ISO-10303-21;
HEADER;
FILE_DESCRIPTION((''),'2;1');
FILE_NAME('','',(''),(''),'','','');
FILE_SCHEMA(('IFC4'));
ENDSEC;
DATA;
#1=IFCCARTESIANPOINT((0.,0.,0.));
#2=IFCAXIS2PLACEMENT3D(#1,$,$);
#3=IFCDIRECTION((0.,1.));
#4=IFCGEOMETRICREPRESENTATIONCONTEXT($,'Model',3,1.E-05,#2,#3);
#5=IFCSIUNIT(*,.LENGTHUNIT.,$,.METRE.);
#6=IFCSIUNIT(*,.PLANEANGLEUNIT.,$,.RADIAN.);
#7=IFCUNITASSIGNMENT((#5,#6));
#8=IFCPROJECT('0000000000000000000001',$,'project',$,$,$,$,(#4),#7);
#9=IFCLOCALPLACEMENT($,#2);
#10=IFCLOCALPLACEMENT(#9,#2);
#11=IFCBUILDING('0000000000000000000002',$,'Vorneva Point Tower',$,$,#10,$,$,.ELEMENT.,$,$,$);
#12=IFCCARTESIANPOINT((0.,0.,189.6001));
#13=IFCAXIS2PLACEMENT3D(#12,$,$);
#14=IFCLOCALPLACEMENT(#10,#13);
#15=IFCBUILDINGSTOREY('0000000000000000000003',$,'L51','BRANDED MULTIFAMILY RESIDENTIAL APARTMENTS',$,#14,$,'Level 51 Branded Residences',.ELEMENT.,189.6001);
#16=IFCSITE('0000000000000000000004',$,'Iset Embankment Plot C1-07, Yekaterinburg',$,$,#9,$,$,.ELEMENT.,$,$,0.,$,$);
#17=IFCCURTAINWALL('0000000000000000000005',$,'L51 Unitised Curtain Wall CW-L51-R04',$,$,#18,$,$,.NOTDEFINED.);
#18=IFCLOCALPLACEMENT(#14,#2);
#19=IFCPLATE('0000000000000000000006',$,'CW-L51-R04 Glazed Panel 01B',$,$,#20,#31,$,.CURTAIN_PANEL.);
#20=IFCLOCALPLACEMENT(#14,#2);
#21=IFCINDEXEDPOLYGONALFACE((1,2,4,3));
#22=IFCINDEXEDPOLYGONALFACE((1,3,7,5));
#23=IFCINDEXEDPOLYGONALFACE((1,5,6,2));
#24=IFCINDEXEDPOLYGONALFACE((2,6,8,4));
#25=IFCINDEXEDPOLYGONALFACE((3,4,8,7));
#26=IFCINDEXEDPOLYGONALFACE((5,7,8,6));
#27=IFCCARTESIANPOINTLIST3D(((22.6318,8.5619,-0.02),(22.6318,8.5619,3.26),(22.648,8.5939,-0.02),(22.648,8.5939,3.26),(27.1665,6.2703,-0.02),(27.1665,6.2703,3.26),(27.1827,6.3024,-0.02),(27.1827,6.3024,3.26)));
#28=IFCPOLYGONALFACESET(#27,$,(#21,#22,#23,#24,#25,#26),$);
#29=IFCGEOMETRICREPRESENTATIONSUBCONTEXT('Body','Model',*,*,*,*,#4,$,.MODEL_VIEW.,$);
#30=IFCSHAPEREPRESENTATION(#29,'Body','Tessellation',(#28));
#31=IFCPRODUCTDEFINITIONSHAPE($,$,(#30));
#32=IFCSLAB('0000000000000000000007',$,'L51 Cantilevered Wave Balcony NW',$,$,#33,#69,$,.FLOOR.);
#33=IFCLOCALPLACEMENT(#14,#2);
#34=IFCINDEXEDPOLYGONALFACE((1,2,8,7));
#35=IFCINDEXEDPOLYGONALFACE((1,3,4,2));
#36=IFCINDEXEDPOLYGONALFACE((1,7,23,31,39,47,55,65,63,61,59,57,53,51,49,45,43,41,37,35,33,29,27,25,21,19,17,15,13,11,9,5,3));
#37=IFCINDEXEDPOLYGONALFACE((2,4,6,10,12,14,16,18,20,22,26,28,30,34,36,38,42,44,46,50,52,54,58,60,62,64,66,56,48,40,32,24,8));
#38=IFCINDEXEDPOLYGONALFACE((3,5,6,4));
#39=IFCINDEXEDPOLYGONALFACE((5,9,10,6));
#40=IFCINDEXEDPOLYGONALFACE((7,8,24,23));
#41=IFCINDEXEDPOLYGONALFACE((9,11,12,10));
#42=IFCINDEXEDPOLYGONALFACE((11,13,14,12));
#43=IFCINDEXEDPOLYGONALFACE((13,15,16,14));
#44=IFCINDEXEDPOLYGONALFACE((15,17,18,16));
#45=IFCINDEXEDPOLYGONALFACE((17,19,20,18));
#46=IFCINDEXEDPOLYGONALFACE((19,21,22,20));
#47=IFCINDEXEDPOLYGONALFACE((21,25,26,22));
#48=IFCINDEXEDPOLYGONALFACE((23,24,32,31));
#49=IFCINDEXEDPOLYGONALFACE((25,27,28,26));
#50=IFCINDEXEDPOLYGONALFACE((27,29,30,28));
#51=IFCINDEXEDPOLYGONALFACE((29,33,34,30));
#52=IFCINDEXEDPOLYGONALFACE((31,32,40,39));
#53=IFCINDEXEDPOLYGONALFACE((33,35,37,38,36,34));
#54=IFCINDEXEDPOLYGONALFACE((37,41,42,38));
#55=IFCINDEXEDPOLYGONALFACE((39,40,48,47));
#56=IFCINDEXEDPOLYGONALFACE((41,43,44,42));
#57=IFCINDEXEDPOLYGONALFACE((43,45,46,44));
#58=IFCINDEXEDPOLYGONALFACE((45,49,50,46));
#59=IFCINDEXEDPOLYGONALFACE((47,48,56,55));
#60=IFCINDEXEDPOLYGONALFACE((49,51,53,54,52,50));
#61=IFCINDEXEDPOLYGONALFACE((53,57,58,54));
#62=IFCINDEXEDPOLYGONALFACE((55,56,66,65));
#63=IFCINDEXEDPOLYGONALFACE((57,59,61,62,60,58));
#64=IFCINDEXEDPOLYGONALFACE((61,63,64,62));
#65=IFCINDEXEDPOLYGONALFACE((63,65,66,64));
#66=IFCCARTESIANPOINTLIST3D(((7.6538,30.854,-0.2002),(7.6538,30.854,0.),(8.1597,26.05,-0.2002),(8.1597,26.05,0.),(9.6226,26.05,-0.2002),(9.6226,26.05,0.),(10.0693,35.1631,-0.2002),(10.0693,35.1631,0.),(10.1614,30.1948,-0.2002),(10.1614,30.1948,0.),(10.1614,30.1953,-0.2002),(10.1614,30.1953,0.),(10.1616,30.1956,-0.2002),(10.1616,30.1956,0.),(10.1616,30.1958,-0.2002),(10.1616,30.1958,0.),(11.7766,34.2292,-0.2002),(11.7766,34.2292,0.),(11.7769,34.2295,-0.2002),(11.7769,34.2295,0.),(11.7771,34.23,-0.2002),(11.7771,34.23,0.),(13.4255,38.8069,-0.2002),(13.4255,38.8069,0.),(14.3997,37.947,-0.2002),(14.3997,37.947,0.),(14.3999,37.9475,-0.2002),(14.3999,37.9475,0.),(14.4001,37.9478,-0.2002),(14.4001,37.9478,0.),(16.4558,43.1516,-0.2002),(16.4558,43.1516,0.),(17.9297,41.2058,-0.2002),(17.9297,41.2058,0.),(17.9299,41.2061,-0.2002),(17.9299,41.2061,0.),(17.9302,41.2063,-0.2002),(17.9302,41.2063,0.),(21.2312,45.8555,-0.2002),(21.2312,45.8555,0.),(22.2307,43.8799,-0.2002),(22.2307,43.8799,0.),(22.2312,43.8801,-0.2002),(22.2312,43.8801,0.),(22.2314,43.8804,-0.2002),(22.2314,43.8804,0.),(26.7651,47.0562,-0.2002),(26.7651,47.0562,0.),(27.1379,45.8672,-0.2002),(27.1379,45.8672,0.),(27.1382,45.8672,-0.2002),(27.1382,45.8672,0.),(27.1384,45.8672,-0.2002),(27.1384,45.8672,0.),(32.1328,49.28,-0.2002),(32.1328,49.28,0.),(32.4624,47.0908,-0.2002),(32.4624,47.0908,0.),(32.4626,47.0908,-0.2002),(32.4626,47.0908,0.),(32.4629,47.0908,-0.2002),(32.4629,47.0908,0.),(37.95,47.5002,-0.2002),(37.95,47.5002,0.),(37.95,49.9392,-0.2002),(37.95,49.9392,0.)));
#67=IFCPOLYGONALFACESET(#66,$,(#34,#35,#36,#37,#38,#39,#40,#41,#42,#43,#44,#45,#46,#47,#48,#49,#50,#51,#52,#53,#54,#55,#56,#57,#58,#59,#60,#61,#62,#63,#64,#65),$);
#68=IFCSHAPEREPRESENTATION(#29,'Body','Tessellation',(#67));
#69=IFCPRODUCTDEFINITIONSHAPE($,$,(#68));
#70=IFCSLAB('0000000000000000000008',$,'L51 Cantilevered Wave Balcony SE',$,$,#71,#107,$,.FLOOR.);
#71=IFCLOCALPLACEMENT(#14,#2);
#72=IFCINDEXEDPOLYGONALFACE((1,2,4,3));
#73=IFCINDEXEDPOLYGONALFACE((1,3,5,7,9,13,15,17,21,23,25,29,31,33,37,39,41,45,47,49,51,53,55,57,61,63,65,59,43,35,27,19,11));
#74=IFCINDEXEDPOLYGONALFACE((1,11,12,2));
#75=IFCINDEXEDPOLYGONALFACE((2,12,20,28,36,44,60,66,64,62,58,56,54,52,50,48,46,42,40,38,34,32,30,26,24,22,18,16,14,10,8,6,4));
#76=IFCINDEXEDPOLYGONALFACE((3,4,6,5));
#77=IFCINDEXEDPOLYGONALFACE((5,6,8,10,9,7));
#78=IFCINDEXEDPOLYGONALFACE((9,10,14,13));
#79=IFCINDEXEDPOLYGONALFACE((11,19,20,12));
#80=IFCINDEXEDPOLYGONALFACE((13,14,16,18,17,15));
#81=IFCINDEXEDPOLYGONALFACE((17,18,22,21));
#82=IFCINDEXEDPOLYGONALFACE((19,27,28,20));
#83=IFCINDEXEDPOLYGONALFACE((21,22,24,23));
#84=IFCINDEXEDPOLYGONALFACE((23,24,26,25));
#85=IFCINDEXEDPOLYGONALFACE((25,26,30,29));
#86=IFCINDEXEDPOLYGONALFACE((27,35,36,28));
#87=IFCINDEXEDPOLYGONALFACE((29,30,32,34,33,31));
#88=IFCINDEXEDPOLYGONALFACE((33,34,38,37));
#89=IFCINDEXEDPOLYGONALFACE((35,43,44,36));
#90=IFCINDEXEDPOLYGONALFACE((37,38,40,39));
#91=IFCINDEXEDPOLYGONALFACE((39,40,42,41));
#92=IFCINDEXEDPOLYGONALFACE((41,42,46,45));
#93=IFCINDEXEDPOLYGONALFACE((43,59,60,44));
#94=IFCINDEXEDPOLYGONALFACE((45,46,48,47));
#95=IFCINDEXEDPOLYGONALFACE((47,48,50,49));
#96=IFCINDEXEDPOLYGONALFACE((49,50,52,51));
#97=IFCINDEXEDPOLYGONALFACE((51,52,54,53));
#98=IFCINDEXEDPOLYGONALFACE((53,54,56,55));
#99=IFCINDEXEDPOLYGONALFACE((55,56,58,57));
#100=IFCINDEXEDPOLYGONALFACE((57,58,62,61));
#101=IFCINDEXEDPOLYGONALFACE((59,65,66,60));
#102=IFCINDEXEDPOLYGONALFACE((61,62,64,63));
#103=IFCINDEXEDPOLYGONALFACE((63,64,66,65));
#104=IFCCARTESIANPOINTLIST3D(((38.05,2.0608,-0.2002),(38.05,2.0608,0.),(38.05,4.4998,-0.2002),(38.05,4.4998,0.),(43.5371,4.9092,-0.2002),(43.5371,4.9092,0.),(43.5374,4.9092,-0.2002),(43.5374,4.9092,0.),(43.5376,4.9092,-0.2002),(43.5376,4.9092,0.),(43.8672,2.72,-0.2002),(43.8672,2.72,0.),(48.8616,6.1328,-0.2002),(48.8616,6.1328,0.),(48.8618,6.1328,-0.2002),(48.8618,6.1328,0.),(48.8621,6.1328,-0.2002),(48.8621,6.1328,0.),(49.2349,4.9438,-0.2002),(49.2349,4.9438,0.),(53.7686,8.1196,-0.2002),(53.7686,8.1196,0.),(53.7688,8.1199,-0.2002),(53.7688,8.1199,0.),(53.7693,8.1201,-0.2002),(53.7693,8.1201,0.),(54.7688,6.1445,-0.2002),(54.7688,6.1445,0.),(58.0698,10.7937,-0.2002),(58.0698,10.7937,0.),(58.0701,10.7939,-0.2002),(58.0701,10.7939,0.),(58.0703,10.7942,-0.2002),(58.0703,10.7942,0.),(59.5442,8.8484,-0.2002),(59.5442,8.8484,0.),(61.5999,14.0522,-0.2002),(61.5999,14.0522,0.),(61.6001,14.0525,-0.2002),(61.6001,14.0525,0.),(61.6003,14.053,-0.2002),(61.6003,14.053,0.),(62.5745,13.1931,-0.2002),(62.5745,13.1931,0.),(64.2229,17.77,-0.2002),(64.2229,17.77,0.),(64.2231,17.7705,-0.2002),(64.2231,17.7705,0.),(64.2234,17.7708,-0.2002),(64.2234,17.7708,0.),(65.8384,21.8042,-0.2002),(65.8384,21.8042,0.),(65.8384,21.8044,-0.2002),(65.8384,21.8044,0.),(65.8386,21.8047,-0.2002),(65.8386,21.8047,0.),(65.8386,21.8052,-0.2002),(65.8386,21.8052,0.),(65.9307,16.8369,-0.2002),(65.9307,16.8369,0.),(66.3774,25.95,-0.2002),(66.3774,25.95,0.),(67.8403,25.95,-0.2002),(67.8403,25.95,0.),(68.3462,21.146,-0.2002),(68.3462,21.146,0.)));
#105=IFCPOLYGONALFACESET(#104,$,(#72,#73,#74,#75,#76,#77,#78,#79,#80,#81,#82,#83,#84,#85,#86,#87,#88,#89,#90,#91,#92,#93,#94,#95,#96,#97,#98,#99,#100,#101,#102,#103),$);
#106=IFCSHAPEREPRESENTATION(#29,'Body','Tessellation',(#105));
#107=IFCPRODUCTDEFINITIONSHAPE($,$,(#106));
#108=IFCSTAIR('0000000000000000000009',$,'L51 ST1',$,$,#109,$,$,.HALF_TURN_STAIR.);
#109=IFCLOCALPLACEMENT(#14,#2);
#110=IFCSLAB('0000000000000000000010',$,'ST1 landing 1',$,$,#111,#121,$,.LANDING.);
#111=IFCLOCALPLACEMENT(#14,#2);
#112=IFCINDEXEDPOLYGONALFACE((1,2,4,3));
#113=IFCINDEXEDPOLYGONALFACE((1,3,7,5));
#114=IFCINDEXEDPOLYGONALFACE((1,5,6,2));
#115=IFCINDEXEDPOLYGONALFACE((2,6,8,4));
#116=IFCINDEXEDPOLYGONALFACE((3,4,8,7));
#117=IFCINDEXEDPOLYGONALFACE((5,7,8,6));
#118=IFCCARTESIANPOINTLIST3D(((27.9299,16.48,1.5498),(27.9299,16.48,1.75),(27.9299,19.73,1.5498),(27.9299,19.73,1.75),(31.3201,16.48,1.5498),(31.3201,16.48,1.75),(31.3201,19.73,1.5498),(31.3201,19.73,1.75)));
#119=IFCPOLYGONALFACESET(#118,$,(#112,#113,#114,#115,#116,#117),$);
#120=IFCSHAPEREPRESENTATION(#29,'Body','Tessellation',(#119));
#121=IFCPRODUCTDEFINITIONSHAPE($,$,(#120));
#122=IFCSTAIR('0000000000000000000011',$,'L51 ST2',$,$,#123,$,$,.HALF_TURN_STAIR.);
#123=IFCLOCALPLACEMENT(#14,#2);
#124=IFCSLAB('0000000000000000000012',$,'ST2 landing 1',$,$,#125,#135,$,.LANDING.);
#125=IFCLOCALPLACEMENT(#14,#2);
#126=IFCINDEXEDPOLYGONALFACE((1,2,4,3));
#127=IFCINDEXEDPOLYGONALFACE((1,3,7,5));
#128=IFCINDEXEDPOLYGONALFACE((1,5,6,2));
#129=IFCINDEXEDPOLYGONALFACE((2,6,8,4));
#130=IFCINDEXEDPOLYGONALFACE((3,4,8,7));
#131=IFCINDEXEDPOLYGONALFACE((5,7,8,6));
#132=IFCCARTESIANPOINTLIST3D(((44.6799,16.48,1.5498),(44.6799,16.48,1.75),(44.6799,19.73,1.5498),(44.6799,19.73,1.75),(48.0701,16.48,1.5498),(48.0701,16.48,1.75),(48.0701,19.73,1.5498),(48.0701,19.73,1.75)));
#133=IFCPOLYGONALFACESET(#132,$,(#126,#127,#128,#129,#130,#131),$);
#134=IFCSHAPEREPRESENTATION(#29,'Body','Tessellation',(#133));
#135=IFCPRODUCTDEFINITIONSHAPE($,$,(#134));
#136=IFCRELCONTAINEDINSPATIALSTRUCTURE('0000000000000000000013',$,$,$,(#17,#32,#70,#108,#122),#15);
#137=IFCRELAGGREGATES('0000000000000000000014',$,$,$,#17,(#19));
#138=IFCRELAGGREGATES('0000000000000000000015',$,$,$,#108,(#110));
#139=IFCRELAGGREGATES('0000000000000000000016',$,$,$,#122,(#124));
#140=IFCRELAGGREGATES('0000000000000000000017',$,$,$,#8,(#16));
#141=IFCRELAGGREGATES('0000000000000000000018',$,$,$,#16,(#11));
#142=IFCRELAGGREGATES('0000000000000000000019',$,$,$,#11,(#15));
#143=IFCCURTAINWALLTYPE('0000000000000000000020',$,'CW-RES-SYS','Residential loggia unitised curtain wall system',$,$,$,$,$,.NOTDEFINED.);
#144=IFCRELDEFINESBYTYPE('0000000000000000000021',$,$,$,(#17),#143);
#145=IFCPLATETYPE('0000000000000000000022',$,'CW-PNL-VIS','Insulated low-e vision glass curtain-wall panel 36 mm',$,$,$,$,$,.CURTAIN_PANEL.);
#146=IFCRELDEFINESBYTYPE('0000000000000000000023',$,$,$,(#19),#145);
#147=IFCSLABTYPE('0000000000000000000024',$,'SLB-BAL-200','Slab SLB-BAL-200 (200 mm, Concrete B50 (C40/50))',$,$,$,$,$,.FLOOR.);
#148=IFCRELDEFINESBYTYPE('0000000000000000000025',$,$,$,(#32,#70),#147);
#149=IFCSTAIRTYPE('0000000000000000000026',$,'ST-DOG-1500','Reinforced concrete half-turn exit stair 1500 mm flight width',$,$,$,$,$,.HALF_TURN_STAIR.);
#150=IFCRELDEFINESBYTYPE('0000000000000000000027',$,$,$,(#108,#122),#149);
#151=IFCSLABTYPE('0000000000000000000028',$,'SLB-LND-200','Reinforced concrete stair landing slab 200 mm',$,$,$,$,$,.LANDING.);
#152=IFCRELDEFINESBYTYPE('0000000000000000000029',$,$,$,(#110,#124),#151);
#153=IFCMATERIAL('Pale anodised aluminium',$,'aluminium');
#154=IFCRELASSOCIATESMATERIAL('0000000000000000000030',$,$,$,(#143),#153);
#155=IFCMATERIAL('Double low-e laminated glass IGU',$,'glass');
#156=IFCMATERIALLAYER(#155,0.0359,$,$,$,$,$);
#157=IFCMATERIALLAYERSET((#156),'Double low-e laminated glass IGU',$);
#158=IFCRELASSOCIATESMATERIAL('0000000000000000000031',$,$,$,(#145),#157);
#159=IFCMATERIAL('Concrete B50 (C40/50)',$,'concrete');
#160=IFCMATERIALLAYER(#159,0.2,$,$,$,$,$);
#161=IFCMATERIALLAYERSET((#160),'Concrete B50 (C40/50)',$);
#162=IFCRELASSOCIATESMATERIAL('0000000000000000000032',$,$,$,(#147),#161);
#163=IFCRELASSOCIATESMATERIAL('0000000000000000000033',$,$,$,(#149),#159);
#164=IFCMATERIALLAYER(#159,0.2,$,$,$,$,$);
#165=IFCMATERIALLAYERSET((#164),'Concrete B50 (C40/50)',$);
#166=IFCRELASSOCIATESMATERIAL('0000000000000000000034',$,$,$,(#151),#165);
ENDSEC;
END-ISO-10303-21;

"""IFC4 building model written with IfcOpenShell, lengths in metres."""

from ifc_helpers import new_model, si_unit, direction, frame, origin, origin_2d, place, context, subcontext, project, spatial, polyline, rectangle, outline, extrude, material, layer, layer_set, type_object, element, aggregate, save


model = new_model("IFC4")

# Units and contexts
model_context = context("Model", 3, precision=1e-05, world=origin(), true_north=direction((0.0, 1.0)))
body_context = subcontext(model_context, "Body", "Model", "MODEL_VIEW")
ifc_project = project(units=[si_unit("LENGTHUNIT", "METRE"), si_unit("PLANEANGLEUNIT", "RADIAN")], contexts=[model_context])

# Site, building, storey
site_placement = place(None, origin())
site = spatial("IfcSite", under=ifc_project, at=site_placement, Name="Iset Embankment Plot C1-07, Yekaterinburg", CompositionType="ELEMENT", RefElevation=0.0)
building_placement = place(site_placement, origin())
building = spatial("IfcBuilding", under=site, at=building_placement, Name="Vorneva Point Tower", CompositionType="ELEMENT")
storey_placement = place(building_placement, frame((0.0, 0.0, 189.6001)))
storey = spatial("IfcBuildingStorey", under=building, at=storey_placement, Name="L51", Description="BRANDED MULTIFAMILY RESIDENTIAL APARTMENTS", LongName="Level 51 Branded Residences", CompositionType="ELEMENT", Elevation=189.6001)

# Shared definitions
ifc_material_1 = material(Name="Concrete B50 (C40/50)", Category="concrete")

# Curtain wall, plate
ifc_material_2 = material(Name="Pale anodised aluminium", Category="aluminium")
curtain_wall_type = type_object("IfcCurtainWallType", Name="CW-RES-SYS", Description="Residential loggia unitised curtain wall system", PredefinedType="NOTDEFINED", material=ifc_material_2)
curtain_wall_placement = place(storey_placement, origin())
curtain_wall = element("IfcCurtainWall", 1, at=curtain_wall_placement, inside=storey, type_object=curtain_wall_type, Name="L51 Unitised Curtain Wall CW-L51-R04", PredefinedType="NOTDEFINED")
ifc_material_3 = material(Name="Double low-e laminated glass IGU", Category="glass")
ifc_layer_1 = layer(ifc_material_3, 0.0359)
ifc_layer_set_1 = layer_set([ifc_layer_1], Name="Double low-e laminated glass IGU")
plate_type = type_object("IfcPlateType", Name="CW-PNL-VIS", Description="Insulated low-e vision glass curtain-wall panel 36 mm", PredefinedType="CURTAIN_PANEL", material=ifc_layer_set_1)
plate_1_placement = place(storey_placement, frame((24.9072, 7.4321, -0.02), z_axis=(0.0, 0.0, 1.0), x_axis=(0.892515, -0.451018, 0.0)))
plate_1 = element("IfcPlate", 2, at=plate_1_placement, type_object=plate_type, Name="CW-L51-R04 Glazed Panel 01B", PredefinedType="CURTAIN_PANEL", context=body_context, shape_type="SweptSolid", body=[
    extrude(rectangle(XDim=5.0808, YDim=0.0359, at=origin_2d()), origin(), (0.0, 0.0, 1.0), 3.28),
])
aggregate(curtain_wall, [plate_1])

# Slabs
ifc_layer_2 = layer(ifc_material_1, 0.2)
ifc_layer_set_2 = layer_set([ifc_layer_2], Name="Concrete B50 (C40/50)")
slab_type_1 = type_object("IfcSlabType", Name="SLB-BAL-200", Description="Slab SLB-BAL-200 (200 mm, Concrete B50 (C40/50))", PredefinedType="FLOOR", material=ifc_layer_set_2)
slab_1_placement = place(storey_placement, frame((0.0, 0.0, -0.2002)))
element("IfcSlab", 3, at=slab_1_placement, inside=storey, type_object=slab_type_1, Name="L51 Cantilevered Wave Balcony NW", PredefinedType="FLOOR", context=body_context, shape_type="SweptSolid", body=[
    extrude(outline(polyline([(8.1597, 26.05), (9.6226, 26.05), (10.1614, 30.1948), (10.1614, 30.1953), (10.1616, 30.1956), (10.1616, 30.1958), (11.7766, 34.2292), (11.7769, 34.2295), (11.7771, 34.23), (14.3997, 37.947), (14.3999, 37.9475), (14.4001, 37.9478), (17.9297, 41.2058), (17.9299, 41.2061), (17.9302, 41.2063), (22.2307, 43.8799), (22.2312, 43.8801), (22.2314, 43.8804), (27.1379, 45.8672), (27.1382, 45.8672), (27.1384, 45.8672), (32.4624, 47.0908), (32.4626, 47.0908), (32.4629, 47.0908), (37.95, 47.5002), (37.95, 49.9392), (32.1328, 49.28), (26.7651, 47.0562), (21.2312, 45.8555), (16.4558, 43.1516), (13.4255, 38.8069), (10.0693, 35.1631), (7.6538, 30.854), (8.1597, 26.05)])), origin(), (0.0, 0.0, 1.0), 0.2002),
])
slab_2_placement = place(storey_placement, frame((0.0, 0.0, -0.2002)))
element("IfcSlab", 4, at=slab_2_placement, inside=storey, type_object=slab_type_1, Name="L51 Cantilevered Wave Balcony SE", PredefinedType="FLOOR", context=body_context, shape_type="SweptSolid", body=[
    extrude(outline(polyline([(68.3462, 21.146), (67.8403, 25.95), (66.3774, 25.95), (65.8386, 21.8052), (65.8386, 21.8047), (65.8384, 21.8044), (65.8384, 21.8042), (64.2234, 17.7708), (64.2231, 17.7705), (64.2229, 17.77), (61.6003, 14.053), (61.6001, 14.0525), (61.5999, 14.0522), (58.0703, 10.7942), (58.0701, 10.7939), (58.0698, 10.7937), (53.7693, 8.1201), (53.7688, 8.1199), (53.7686, 8.1196), (48.8621, 6.1328), (48.8618, 6.1328), (48.8616, 6.1328), (43.5376, 4.9092), (43.5374, 4.9092), (43.5371, 4.9092), (38.05, 4.4998), (38.05, 2.0608), (43.8672, 2.72), (49.2349, 4.9438), (54.7688, 6.1445), (59.5442, 8.8484), (62.5745, 13.1931), (65.9307, 16.8369), (68.3462, 21.146)])), origin(), (0.0, 0.0, 1.0), 0.2002),
])

# Stairs, slabs
stair_type = type_object("IfcStairType", Name="ST-DOG-1500", Description="Reinforced concrete half-turn exit stair 1500 mm flight width", PredefinedType="HALF_TURN_STAIR", material=ifc_material_1)
stair_1_placement = place(storey_placement, origin())
stair_1 = element("IfcStair", 5, at=stair_1_placement, inside=storey, type_object=stair_type, Name="L51 ST1", PredefinedType="HALF_TURN_STAIR")
ifc_layer_3 = layer(ifc_material_1, 0.2)
ifc_layer_set_3 = layer_set([ifc_layer_3], Name="Concrete B50 (C40/50)")
slab_type_2 = type_object("IfcSlabType", Name="SLB-LND-200", Description="Reinforced concrete stair landing slab 200 mm", PredefinedType="LANDING", material=ifc_layer_set_3)
slab_3_placement = place(storey_placement, frame((0.0, 0.0, 1.5498)))
slab_3 = element("IfcSlab", 6, at=slab_3_placement, type_object=slab_type_2, Name="ST1 landing 1", PredefinedType="LANDING", context=body_context, shape_type="SweptSolid", body=[
    extrude(outline(polyline([(27.9299, 16.48), (31.3201, 16.48), (31.3201, 19.73), (27.9299, 19.73), (27.9299, 16.48)])), origin(), (0.0, 0.0, 1.0), 0.2002),
])
aggregate(stair_1, [slab_3])
stair_2_placement = place(storey_placement, origin())
stair_2 = element("IfcStair", 7, at=stair_2_placement, inside=storey, type_object=stair_type, Name="L51 ST2", PredefinedType="HALF_TURN_STAIR")
slab_4_placement = place(storey_placement, frame((0.0, 0.0, 1.5498)))
slab_4 = element("IfcSlab", 8, at=slab_4_placement, type_object=slab_type_2, Name="ST2 landing 1", PredefinedType="LANDING", context=body_context, shape_type="SweptSolid", body=[
    extrude(outline(polyline([(44.6799, 16.48), (48.0701, 16.48), (48.0701, 19.73), (44.6799, 19.73), (44.6799, 16.48)])), origin(), (0.0, 0.0, 1.0), 0.2002),
])
aggregate(stair_2, [slab_4])

save(model, "model.ifc")
